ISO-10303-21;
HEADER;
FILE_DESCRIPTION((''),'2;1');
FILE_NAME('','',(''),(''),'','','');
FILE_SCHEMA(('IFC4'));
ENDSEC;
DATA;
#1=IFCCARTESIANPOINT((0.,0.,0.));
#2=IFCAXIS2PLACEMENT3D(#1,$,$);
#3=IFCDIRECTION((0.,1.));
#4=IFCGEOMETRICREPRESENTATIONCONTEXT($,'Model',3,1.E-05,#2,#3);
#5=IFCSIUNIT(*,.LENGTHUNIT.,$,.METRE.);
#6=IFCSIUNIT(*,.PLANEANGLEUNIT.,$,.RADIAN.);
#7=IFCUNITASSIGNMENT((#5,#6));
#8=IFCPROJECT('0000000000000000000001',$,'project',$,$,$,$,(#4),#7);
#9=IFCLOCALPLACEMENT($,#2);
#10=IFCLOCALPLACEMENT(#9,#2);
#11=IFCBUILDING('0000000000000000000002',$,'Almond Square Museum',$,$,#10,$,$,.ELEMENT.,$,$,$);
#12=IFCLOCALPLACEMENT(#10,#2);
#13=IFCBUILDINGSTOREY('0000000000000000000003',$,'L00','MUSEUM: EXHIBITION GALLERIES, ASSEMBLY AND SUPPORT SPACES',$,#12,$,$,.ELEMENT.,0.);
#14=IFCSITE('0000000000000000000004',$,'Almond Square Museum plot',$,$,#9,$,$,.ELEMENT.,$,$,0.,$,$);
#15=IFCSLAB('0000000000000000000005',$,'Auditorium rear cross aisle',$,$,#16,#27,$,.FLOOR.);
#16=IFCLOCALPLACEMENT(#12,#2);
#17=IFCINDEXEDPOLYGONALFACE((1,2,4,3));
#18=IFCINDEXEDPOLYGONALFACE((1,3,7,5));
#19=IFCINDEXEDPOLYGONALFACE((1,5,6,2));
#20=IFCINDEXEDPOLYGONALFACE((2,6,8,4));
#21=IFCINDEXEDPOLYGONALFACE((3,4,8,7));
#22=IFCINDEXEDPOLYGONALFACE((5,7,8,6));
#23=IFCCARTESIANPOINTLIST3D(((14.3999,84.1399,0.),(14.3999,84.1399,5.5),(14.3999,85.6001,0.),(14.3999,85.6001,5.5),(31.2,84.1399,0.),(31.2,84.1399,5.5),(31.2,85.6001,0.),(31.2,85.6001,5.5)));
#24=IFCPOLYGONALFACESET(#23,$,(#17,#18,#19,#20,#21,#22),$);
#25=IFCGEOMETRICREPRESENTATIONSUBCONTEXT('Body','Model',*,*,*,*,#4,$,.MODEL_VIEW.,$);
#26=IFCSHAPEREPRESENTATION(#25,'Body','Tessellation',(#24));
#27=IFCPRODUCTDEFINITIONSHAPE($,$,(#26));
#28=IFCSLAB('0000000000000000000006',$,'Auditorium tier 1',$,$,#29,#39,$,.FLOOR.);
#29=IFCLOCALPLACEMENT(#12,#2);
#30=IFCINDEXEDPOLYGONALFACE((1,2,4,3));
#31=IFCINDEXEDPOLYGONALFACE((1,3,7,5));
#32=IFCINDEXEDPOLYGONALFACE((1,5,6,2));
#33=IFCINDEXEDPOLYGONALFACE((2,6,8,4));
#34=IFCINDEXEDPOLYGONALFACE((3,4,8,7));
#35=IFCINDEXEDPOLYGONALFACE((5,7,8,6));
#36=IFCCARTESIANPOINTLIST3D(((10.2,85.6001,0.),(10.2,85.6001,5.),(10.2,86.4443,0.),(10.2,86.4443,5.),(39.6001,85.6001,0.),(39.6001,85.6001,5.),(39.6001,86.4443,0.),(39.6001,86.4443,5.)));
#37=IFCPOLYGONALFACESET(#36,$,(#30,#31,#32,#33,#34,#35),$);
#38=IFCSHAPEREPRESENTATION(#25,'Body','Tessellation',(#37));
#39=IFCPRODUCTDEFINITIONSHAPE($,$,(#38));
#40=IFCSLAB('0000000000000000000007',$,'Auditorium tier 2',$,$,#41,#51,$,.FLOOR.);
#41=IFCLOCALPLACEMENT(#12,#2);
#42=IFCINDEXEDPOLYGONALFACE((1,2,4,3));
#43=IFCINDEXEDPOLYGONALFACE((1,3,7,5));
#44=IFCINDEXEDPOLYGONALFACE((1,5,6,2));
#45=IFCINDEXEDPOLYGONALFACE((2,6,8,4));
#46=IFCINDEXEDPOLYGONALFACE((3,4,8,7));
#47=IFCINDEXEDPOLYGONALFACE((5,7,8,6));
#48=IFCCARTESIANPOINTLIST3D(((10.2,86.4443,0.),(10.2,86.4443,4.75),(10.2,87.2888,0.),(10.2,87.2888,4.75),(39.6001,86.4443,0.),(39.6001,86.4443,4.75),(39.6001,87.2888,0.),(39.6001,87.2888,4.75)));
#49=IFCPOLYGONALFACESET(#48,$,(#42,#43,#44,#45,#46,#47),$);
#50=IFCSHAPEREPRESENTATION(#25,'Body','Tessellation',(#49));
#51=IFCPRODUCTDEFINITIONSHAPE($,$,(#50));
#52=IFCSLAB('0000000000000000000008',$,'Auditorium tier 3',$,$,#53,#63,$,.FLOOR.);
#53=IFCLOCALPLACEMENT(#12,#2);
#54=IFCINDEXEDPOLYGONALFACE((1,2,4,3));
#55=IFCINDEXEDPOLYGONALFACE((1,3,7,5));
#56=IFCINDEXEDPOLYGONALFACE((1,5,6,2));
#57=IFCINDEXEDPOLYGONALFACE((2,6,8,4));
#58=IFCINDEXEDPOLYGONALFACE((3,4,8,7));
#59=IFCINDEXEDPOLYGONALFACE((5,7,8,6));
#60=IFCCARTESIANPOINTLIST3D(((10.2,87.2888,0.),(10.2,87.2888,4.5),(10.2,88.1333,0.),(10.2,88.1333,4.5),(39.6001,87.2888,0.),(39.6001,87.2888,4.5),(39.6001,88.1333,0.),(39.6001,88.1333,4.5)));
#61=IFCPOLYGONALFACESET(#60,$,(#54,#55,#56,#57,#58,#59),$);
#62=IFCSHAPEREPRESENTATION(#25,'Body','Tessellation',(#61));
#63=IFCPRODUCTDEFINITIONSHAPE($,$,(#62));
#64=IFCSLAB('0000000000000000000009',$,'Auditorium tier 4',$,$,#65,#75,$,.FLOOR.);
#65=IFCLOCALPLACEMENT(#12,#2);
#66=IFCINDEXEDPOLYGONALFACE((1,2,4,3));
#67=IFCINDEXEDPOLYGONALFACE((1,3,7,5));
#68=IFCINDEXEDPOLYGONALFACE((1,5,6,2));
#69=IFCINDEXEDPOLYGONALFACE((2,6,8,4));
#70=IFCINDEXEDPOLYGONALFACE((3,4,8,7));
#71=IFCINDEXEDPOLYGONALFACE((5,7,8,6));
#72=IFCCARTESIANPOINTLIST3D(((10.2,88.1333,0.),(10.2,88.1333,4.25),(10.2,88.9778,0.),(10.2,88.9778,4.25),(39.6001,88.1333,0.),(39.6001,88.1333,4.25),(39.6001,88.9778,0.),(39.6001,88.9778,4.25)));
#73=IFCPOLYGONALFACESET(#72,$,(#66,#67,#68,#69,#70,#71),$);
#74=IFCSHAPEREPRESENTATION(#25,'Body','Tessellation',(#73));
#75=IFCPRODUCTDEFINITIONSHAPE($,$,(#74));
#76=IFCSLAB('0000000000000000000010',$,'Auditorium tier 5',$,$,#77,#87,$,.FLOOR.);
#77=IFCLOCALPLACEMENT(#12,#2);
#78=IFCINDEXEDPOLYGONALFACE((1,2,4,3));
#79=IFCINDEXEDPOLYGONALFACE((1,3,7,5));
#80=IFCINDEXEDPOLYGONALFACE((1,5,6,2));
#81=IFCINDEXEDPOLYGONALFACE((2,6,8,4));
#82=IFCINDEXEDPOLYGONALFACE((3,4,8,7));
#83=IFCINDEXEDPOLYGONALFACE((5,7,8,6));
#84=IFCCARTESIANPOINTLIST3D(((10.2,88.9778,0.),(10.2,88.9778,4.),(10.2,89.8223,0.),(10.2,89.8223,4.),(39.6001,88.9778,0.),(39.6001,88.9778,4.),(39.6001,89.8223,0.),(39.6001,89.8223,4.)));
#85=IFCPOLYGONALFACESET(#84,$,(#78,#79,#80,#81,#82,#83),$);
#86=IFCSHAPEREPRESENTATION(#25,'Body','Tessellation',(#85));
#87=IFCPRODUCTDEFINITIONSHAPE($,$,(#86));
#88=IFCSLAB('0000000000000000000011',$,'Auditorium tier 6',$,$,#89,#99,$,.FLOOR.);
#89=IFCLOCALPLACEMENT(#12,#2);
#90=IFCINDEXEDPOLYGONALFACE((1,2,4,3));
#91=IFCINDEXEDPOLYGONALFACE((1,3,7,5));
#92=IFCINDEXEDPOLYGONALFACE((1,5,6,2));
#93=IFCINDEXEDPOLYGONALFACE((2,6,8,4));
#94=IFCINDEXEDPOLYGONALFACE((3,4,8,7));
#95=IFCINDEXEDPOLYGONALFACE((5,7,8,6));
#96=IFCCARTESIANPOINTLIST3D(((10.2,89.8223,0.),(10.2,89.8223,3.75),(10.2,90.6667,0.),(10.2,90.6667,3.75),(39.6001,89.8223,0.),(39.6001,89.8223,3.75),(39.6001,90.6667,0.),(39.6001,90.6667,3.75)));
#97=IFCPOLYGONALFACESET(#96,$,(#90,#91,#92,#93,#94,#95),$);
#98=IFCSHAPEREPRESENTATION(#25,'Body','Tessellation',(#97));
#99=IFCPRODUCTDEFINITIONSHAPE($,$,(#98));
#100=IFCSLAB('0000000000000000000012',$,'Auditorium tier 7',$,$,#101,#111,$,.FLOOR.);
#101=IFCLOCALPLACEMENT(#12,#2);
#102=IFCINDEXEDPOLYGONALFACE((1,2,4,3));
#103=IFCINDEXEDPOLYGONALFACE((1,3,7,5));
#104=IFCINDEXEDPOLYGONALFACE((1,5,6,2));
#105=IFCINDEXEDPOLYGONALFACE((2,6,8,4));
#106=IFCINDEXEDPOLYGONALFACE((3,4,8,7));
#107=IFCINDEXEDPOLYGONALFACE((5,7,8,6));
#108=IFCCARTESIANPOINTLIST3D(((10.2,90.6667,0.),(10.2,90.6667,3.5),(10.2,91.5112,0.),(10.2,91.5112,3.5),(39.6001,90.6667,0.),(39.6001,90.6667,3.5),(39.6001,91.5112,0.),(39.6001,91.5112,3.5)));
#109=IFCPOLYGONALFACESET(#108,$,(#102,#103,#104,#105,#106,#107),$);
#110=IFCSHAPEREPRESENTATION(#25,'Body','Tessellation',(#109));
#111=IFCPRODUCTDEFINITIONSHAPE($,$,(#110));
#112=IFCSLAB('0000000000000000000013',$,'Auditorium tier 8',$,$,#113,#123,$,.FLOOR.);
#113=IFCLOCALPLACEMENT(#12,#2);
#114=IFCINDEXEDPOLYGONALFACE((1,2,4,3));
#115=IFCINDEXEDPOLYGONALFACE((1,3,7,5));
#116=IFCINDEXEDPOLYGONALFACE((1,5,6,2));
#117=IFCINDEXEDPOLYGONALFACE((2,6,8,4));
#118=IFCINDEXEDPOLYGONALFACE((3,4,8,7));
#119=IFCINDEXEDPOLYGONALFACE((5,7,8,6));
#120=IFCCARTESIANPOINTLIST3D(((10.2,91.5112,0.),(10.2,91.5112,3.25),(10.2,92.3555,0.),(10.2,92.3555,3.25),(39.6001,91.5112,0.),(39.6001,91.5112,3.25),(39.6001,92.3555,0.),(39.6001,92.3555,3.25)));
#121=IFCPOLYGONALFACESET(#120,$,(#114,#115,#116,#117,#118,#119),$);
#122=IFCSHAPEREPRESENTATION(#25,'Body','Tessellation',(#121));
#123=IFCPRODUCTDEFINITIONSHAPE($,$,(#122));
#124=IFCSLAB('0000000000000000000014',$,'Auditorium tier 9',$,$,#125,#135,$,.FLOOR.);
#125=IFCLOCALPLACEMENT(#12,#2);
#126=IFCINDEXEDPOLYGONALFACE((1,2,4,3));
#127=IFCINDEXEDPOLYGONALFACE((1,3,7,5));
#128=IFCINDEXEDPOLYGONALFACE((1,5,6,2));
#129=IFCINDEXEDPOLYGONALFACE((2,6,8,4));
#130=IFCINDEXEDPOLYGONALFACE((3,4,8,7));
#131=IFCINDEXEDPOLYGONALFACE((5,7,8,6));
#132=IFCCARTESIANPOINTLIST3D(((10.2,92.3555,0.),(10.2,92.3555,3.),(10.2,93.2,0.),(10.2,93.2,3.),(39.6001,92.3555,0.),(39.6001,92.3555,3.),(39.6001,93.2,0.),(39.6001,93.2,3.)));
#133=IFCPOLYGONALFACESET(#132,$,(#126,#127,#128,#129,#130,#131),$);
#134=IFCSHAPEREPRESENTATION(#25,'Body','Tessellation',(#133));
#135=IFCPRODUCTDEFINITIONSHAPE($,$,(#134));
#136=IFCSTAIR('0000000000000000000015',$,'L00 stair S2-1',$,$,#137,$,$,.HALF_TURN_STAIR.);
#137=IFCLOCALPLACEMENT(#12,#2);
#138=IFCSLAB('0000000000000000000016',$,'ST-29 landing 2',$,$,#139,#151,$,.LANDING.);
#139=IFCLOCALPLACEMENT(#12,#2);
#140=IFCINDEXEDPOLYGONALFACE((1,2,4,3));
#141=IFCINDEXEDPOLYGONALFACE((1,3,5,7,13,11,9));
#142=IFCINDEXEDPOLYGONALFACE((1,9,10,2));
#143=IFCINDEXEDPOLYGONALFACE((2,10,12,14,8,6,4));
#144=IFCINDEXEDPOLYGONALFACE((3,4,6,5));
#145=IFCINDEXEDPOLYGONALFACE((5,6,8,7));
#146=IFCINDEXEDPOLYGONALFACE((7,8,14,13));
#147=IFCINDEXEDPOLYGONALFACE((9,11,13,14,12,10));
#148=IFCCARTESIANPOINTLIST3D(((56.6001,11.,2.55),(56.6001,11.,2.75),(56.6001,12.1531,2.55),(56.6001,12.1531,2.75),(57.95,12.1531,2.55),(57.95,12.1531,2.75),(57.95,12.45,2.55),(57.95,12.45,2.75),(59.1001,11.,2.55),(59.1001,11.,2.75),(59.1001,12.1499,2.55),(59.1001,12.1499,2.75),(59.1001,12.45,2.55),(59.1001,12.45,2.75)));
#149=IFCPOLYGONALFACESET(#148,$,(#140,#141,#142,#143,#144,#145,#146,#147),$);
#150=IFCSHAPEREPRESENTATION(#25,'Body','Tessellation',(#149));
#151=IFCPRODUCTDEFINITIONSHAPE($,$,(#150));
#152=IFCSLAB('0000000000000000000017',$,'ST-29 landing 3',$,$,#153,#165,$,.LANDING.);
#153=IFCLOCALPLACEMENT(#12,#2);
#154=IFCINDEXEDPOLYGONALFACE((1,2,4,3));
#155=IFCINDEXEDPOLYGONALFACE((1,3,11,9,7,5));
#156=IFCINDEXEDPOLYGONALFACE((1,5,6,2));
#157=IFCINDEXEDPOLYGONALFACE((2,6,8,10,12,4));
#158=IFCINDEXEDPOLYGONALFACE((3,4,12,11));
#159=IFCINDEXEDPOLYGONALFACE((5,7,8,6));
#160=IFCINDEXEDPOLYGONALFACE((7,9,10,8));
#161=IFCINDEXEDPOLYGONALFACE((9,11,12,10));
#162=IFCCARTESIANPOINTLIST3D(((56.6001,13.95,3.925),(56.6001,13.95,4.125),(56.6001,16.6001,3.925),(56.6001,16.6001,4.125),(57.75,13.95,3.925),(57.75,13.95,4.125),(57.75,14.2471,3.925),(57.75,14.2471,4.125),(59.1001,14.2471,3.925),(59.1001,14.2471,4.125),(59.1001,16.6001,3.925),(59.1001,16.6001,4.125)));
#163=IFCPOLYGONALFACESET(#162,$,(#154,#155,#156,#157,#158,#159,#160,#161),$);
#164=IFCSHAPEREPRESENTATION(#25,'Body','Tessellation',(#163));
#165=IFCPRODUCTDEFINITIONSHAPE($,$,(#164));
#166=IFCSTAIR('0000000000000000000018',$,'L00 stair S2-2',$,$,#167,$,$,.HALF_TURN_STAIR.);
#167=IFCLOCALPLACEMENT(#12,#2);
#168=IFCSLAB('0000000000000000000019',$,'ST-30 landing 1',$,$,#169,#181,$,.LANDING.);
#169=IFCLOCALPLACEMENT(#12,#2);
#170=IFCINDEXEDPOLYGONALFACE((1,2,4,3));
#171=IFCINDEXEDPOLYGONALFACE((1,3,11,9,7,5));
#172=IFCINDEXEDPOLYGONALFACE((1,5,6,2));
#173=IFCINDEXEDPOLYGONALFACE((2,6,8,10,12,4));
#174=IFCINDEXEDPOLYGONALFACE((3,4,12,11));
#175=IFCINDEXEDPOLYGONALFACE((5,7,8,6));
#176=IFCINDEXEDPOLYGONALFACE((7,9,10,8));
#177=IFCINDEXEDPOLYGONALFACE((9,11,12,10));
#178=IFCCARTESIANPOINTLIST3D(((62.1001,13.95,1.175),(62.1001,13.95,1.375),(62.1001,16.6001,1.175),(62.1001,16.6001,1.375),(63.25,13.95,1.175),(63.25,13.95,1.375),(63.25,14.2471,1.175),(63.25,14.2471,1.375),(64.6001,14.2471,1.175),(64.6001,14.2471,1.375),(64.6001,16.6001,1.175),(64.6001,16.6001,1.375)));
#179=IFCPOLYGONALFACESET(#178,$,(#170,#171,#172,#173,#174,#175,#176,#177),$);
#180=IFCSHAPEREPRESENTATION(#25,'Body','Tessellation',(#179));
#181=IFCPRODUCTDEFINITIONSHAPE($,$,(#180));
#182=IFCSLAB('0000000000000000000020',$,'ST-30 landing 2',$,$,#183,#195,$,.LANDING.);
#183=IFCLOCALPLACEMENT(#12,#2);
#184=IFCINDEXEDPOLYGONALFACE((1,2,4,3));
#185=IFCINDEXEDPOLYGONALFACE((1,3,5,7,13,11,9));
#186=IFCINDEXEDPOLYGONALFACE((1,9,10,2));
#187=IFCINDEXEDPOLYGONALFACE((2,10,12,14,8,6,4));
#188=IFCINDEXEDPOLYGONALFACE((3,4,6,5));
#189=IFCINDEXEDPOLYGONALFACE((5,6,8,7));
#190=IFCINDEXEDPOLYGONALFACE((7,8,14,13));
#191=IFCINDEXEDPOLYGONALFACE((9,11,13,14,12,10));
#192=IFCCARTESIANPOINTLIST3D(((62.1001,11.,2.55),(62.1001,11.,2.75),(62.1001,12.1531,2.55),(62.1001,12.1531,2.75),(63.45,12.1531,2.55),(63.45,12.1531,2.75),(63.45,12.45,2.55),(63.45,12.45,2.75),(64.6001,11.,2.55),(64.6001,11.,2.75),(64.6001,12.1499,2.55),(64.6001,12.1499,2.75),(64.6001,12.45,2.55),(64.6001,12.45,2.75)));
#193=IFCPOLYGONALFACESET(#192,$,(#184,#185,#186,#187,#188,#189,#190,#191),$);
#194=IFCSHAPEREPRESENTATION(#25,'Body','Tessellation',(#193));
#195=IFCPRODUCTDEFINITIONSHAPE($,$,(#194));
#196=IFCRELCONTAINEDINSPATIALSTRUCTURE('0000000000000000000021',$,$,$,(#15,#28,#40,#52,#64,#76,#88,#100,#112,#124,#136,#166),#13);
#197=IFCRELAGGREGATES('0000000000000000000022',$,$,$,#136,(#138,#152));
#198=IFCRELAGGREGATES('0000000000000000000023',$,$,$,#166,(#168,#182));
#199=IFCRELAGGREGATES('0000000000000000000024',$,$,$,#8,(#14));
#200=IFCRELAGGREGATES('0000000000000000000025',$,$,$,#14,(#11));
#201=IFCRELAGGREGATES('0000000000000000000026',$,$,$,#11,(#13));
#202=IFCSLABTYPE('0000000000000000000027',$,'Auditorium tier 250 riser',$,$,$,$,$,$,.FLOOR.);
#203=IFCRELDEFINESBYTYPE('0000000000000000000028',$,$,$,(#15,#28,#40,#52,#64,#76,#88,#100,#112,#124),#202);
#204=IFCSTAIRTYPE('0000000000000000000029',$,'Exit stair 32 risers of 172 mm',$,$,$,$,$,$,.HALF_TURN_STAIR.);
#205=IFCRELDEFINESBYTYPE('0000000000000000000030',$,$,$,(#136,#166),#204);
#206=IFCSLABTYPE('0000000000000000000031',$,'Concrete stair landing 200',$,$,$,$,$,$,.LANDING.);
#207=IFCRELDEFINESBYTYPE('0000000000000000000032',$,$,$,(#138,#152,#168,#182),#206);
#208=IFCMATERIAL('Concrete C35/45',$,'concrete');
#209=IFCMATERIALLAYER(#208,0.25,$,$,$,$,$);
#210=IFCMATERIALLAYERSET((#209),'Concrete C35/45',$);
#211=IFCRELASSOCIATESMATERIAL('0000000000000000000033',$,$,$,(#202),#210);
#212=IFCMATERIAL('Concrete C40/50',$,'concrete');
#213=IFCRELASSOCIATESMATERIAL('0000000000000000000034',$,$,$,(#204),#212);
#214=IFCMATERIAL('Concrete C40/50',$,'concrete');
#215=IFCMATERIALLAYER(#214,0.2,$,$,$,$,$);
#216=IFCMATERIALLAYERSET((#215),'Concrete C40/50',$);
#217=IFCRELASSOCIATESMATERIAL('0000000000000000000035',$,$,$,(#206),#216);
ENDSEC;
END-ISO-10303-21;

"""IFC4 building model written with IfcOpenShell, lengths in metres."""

from ifc_helpers import new_model, si_unit, direction, frame, origin, place, context, subcontext, project, spatial, polyline, outline, extrude, material, layer, layer_set, type_object, element, aggregate, save


model = new_model("IFC4")

# Units and contexts
model_context = context("Model", 3, precision=1e-05, world=origin(), true_north=direction((0.0, 1.0)))
body_context = subcontext(model_context, "Body", "Model", "MODEL_VIEW")
ifc_project = project(units=[si_unit("LENGTHUNIT", "METRE"), si_unit("PLANEANGLEUNIT", "RADIAN")], contexts=[model_context])

# Site, building, storey
site_placement = place(None, origin())
site = spatial("IfcSite", under=ifc_project, at=site_placement, Name="Almond Square Museum plot", CompositionType="ELEMENT", RefElevation=0.0)
building_placement = place(site_placement, origin())
building = spatial("IfcBuilding", under=site, at=building_placement, Name="Almond Square Museum", CompositionType="ELEMENT")
storey_placement = place(building_placement, origin())
storey = spatial("IfcBuildingStorey", under=building, at=storey_placement, Name="L00", Description="MUSEUM: EXHIBITION GALLERIES, ASSEMBLY AND SUPPORT SPACES", CompositionType="ELEMENT", Elevation=0.0)

# Slabs
ifc_material_1 = material(Name="Concrete C35/45", Category="concrete")
ifc_layer_1 = layer(ifc_material_1, 0.25)
ifc_layer_set_1 = layer_set([ifc_layer_1], Name="Concrete C35/45")
slab_type_1 = type_object("IfcSlabType", Name="Auditorium tier 250 riser", PredefinedType="FLOOR", material=ifc_layer_set_1)
slab_1_placement = place(storey_placement, origin())
element("IfcSlab", 1, at=slab_1_placement, inside=storey, type_object=slab_type_1, Name="Auditorium rear cross aisle", PredefinedType="FLOOR", context=body_context, shape_type="SweptSolid", body=[
    extrude(outline(polyline([(14.3999, 84.1399), (31.2, 84.1399), (31.2, 85.6001), (14.3999, 85.6001), (14.3999, 84.1399)])), origin(), (0.0, 0.0, 1.0), 5.5),
])
slab_2_placement = place(storey_placement, origin())
element("IfcSlab", 2, at=slab_2_placement, inside=storey, type_object=slab_type_1, Name="Auditorium tier 1", PredefinedType="FLOOR", context=body_context, shape_type="SweptSolid", body=[
    extrude(outline(polyline([(10.2, 85.6001), (39.6001, 85.6001), (39.6001, 86.4443), (10.2, 86.4443), (10.2, 85.6001)])), origin(), (0.0, 0.0, 1.0), 5.0),
])
slab_3_placement = place(storey_placement, origin())
element("IfcSlab", 3, at=slab_3_placement, inside=storey, type_object=slab_type_1, Name="Auditorium tier 2", PredefinedType="FLOOR", context=body_context, shape_type="SweptSolid", body=[
    extrude(outline(polyline([(10.2, 86.4443), (39.6001, 86.4443), (39.6001, 87.2888), (10.2, 87.2888), (10.2, 86.4443)])), origin(), (0.0, 0.0, 1.0), 4.75),
])
slab_4_placement = place(storey_placement, origin())
element("IfcSlab", 4, at=slab_4_placement, inside=storey, type_object=slab_type_1, Name="Auditorium tier 3", PredefinedType="FLOOR", context=body_context, shape_type="SweptSolid", body=[
    extrude(outline(polyline([(10.2, 87.2888), (39.6001, 87.2888), (39.6001, 88.1333), (10.2, 88.1333), (10.2, 87.2888)])), origin(), (0.0, 0.0, 1.0), 4.5),
])
slab_5_placement = place(storey_placement, origin())
element("IfcSlab", 5, at=slab_5_placement, inside=storey, type_object=slab_type_1, Name="Auditorium tier 4", PredefinedType="FLOOR", context=body_context, shape_type="SweptSolid", body=[
    extrude(outline(polyline([(10.2, 88.1333), (39.6001, 88.1333), (39.6001, 88.9778), (10.2, 88.9778), (10.2, 88.1333)])), origin(), (0.0, 0.0, 1.0), 4.25),
])
slab_6_placement = place(storey_placement, origin())
element("IfcSlab", 6, at=slab_6_placement, inside=storey, type_object=slab_type_1, Name="Auditorium tier 5", PredefinedType="FLOOR", context=body_context, shape_type="SweptSolid", body=[
    extrude(outline(polyline([(10.2, 88.9778), (39.6001, 88.9778), (39.6001, 89.8223), (10.2, 89.8223), (10.2, 88.9778)])), origin(), (0.0, 0.0, 1.0), 4.0),
])
slab_7_placement = place(storey_placement, origin())
element("IfcSlab", 7, at=slab_7_placement, inside=storey, type_object=slab_type_1, Name="Auditorium tier 6", PredefinedType="FLOOR", context=body_context, shape_type="SweptSolid", body=[
    extrude(outline(polyline([(10.2, 89.8223), (39.6001, 89.8223), (39.6001, 90.6667), (10.2, 90.6667), (10.2, 89.8223)])), origin(), (0.0, 0.0, 1.0), 3.75),
])
slab_8_placement = place(storey_placement, origin())
element("IfcSlab", 8, at=slab_8_placement, inside=storey, type_object=slab_type_1, Name="Auditorium tier 7", PredefinedType="FLOOR", context=body_context, shape_type="SweptSolid", body=[
    extrude(outline(polyline([(10.2, 90.6667), (39.6001, 90.6667), (39.6001, 91.5112), (10.2, 91.5112), (10.2, 90.6667)])), origin(), (0.0, 0.0, 1.0), 3.5),
])
slab_9_placement = place(storey_placement, origin())
element("IfcSlab", 9, at=slab_9_placement, inside=storey, type_object=slab_type_1, Name="Auditorium tier 8", PredefinedType="FLOOR", context=body_context, shape_type="SweptSolid", body=[
    extrude(outline(polyline([(10.2, 91.5112), (39.6001, 91.5112), (39.6001, 92.3555), (10.2, 92.3555), (10.2, 91.5112)])), origin(), (0.0, 0.0, 1.0), 3.25),
])
slab_10_placement = place(storey_placement, origin())
element("IfcSlab", 10, at=slab_10_placement, inside=storey, type_object=slab_type_1, Name="Auditorium tier 9", PredefinedType="FLOOR", context=body_context, shape_type="SweptSolid", body=[
    extrude(outline(polyline([(10.2, 92.3555), (39.6001, 92.3555), (39.6001, 93.2), (10.2, 93.2), (10.2, 92.3555)])), origin(), (0.0, 0.0, 1.0), 3.0),
])

# Stairs, slabs
ifc_material_2 = material(Name="Concrete C40/50", Category="concrete")
stair_type_1 = type_object("IfcStairType", Name="Exit stair 32 risers of 172 mm", PredefinedType="HALF_TURN_STAIR", material=ifc_material_2)
stair_1_placement = place(storey_placement, origin())
stair_1 = element("IfcStair", 11, at=stair_1_placement, inside=storey, type_object=stair_type_1, Name="L00 stair S2-1", PredefinedType="HALF_TURN_STAIR")
ifc_material_3 = material(Name="Concrete C40/50", Category="concrete")
ifc_layer_2 = layer(ifc_material_3, 0.2)
ifc_layer_set_2 = layer_set([ifc_layer_2], Name="Concrete C40/50")
slab_type_2 = type_object("IfcSlabType", Name="Concrete stair landing 200", PredefinedType="LANDING", material=ifc_layer_set_2)
slab_11_placement = place(storey_placement, frame((0.0, 0.0, 2.55)))
slab_11 = element("IfcSlab", 12, at=slab_11_placement, type_object=slab_type_2, Name="ST-29 landing 2", PredefinedType="LANDING", context=body_context, shape_type="SweptSolid", body=[
    extrude(outline(polyline([(59.1001, 11.0), (59.1001, 12.1499), (59.1001, 12.45), (57.95, 12.45), (57.95, 12.1531), (56.6001, 12.1531), (56.6001, 11.0), (59.1001, 11.0)])), origin(), (0.0, 0.0, 1.0), 0.2),
])
slab_12_placement = place(storey_placement, frame((0.0, 0.0, 3.925)))
slab_12 = element("IfcSlab", 13, at=slab_12_placement, type_object=slab_type_2, Name="ST-29 landing 3", PredefinedType="LANDING", context=body_context, shape_type="SweptSolid", body=[
    extrude(outline(polyline([(59.1001, 14.2471), (59.1001, 16.6001), (56.6001, 16.6001), (56.6001, 13.95), (57.75, 13.95), (57.75, 14.2471), (59.1001, 14.2471)])), origin(), (0.0, 0.0, 1.0), 0.2),
])
aggregate(stair_1, [slab_11, slab_12])
stair_2_placement = place(storey_placement, origin())
stair_2 = element("IfcStair", 14, at=stair_2_placement, inside=storey, type_object=stair_type_1, Name="L00 stair S2-2", PredefinedType="HALF_TURN_STAIR")
slab_13_placement = place(storey_placement, frame((0.0, 0.0, 1.175)))
slab_13 = element("IfcSlab", 15, at=slab_13_placement, type_object=slab_type_2, Name="ST-30 landing 1", PredefinedType="LANDING", context=body_context, shape_type="SweptSolid", body=[
    extrude(outline(polyline([(64.6001, 14.2471), (64.6001, 16.6001), (62.1001, 16.6001), (62.1001, 13.95), (63.25, 13.95), (63.25, 14.2471), (64.6001, 14.2471)])), origin(), (0.0, 0.0, 1.0), 0.2),
])
slab_14_placement = place(storey_placement, frame((0.0, 0.0, 2.55)))
slab_14 = element("IfcSlab", 16, at=slab_14_placement, type_object=slab_type_2, Name="ST-30 landing 2", PredefinedType="LANDING", context=body_context, shape_type="SweptSolid", body=[
    extrude(outline(polyline([(64.6001, 11.0), (64.6001, 12.1499), (64.6001, 12.45), (63.45, 12.45), (63.45, 12.1531), (62.1001, 12.1531), (62.1001, 11.0), (64.6001, 11.0)])), origin(), (0.0, 0.0, 1.0), 0.2),
])
aggregate(stair_2, [slab_13, slab_14])

save(model, "model.ifc")
